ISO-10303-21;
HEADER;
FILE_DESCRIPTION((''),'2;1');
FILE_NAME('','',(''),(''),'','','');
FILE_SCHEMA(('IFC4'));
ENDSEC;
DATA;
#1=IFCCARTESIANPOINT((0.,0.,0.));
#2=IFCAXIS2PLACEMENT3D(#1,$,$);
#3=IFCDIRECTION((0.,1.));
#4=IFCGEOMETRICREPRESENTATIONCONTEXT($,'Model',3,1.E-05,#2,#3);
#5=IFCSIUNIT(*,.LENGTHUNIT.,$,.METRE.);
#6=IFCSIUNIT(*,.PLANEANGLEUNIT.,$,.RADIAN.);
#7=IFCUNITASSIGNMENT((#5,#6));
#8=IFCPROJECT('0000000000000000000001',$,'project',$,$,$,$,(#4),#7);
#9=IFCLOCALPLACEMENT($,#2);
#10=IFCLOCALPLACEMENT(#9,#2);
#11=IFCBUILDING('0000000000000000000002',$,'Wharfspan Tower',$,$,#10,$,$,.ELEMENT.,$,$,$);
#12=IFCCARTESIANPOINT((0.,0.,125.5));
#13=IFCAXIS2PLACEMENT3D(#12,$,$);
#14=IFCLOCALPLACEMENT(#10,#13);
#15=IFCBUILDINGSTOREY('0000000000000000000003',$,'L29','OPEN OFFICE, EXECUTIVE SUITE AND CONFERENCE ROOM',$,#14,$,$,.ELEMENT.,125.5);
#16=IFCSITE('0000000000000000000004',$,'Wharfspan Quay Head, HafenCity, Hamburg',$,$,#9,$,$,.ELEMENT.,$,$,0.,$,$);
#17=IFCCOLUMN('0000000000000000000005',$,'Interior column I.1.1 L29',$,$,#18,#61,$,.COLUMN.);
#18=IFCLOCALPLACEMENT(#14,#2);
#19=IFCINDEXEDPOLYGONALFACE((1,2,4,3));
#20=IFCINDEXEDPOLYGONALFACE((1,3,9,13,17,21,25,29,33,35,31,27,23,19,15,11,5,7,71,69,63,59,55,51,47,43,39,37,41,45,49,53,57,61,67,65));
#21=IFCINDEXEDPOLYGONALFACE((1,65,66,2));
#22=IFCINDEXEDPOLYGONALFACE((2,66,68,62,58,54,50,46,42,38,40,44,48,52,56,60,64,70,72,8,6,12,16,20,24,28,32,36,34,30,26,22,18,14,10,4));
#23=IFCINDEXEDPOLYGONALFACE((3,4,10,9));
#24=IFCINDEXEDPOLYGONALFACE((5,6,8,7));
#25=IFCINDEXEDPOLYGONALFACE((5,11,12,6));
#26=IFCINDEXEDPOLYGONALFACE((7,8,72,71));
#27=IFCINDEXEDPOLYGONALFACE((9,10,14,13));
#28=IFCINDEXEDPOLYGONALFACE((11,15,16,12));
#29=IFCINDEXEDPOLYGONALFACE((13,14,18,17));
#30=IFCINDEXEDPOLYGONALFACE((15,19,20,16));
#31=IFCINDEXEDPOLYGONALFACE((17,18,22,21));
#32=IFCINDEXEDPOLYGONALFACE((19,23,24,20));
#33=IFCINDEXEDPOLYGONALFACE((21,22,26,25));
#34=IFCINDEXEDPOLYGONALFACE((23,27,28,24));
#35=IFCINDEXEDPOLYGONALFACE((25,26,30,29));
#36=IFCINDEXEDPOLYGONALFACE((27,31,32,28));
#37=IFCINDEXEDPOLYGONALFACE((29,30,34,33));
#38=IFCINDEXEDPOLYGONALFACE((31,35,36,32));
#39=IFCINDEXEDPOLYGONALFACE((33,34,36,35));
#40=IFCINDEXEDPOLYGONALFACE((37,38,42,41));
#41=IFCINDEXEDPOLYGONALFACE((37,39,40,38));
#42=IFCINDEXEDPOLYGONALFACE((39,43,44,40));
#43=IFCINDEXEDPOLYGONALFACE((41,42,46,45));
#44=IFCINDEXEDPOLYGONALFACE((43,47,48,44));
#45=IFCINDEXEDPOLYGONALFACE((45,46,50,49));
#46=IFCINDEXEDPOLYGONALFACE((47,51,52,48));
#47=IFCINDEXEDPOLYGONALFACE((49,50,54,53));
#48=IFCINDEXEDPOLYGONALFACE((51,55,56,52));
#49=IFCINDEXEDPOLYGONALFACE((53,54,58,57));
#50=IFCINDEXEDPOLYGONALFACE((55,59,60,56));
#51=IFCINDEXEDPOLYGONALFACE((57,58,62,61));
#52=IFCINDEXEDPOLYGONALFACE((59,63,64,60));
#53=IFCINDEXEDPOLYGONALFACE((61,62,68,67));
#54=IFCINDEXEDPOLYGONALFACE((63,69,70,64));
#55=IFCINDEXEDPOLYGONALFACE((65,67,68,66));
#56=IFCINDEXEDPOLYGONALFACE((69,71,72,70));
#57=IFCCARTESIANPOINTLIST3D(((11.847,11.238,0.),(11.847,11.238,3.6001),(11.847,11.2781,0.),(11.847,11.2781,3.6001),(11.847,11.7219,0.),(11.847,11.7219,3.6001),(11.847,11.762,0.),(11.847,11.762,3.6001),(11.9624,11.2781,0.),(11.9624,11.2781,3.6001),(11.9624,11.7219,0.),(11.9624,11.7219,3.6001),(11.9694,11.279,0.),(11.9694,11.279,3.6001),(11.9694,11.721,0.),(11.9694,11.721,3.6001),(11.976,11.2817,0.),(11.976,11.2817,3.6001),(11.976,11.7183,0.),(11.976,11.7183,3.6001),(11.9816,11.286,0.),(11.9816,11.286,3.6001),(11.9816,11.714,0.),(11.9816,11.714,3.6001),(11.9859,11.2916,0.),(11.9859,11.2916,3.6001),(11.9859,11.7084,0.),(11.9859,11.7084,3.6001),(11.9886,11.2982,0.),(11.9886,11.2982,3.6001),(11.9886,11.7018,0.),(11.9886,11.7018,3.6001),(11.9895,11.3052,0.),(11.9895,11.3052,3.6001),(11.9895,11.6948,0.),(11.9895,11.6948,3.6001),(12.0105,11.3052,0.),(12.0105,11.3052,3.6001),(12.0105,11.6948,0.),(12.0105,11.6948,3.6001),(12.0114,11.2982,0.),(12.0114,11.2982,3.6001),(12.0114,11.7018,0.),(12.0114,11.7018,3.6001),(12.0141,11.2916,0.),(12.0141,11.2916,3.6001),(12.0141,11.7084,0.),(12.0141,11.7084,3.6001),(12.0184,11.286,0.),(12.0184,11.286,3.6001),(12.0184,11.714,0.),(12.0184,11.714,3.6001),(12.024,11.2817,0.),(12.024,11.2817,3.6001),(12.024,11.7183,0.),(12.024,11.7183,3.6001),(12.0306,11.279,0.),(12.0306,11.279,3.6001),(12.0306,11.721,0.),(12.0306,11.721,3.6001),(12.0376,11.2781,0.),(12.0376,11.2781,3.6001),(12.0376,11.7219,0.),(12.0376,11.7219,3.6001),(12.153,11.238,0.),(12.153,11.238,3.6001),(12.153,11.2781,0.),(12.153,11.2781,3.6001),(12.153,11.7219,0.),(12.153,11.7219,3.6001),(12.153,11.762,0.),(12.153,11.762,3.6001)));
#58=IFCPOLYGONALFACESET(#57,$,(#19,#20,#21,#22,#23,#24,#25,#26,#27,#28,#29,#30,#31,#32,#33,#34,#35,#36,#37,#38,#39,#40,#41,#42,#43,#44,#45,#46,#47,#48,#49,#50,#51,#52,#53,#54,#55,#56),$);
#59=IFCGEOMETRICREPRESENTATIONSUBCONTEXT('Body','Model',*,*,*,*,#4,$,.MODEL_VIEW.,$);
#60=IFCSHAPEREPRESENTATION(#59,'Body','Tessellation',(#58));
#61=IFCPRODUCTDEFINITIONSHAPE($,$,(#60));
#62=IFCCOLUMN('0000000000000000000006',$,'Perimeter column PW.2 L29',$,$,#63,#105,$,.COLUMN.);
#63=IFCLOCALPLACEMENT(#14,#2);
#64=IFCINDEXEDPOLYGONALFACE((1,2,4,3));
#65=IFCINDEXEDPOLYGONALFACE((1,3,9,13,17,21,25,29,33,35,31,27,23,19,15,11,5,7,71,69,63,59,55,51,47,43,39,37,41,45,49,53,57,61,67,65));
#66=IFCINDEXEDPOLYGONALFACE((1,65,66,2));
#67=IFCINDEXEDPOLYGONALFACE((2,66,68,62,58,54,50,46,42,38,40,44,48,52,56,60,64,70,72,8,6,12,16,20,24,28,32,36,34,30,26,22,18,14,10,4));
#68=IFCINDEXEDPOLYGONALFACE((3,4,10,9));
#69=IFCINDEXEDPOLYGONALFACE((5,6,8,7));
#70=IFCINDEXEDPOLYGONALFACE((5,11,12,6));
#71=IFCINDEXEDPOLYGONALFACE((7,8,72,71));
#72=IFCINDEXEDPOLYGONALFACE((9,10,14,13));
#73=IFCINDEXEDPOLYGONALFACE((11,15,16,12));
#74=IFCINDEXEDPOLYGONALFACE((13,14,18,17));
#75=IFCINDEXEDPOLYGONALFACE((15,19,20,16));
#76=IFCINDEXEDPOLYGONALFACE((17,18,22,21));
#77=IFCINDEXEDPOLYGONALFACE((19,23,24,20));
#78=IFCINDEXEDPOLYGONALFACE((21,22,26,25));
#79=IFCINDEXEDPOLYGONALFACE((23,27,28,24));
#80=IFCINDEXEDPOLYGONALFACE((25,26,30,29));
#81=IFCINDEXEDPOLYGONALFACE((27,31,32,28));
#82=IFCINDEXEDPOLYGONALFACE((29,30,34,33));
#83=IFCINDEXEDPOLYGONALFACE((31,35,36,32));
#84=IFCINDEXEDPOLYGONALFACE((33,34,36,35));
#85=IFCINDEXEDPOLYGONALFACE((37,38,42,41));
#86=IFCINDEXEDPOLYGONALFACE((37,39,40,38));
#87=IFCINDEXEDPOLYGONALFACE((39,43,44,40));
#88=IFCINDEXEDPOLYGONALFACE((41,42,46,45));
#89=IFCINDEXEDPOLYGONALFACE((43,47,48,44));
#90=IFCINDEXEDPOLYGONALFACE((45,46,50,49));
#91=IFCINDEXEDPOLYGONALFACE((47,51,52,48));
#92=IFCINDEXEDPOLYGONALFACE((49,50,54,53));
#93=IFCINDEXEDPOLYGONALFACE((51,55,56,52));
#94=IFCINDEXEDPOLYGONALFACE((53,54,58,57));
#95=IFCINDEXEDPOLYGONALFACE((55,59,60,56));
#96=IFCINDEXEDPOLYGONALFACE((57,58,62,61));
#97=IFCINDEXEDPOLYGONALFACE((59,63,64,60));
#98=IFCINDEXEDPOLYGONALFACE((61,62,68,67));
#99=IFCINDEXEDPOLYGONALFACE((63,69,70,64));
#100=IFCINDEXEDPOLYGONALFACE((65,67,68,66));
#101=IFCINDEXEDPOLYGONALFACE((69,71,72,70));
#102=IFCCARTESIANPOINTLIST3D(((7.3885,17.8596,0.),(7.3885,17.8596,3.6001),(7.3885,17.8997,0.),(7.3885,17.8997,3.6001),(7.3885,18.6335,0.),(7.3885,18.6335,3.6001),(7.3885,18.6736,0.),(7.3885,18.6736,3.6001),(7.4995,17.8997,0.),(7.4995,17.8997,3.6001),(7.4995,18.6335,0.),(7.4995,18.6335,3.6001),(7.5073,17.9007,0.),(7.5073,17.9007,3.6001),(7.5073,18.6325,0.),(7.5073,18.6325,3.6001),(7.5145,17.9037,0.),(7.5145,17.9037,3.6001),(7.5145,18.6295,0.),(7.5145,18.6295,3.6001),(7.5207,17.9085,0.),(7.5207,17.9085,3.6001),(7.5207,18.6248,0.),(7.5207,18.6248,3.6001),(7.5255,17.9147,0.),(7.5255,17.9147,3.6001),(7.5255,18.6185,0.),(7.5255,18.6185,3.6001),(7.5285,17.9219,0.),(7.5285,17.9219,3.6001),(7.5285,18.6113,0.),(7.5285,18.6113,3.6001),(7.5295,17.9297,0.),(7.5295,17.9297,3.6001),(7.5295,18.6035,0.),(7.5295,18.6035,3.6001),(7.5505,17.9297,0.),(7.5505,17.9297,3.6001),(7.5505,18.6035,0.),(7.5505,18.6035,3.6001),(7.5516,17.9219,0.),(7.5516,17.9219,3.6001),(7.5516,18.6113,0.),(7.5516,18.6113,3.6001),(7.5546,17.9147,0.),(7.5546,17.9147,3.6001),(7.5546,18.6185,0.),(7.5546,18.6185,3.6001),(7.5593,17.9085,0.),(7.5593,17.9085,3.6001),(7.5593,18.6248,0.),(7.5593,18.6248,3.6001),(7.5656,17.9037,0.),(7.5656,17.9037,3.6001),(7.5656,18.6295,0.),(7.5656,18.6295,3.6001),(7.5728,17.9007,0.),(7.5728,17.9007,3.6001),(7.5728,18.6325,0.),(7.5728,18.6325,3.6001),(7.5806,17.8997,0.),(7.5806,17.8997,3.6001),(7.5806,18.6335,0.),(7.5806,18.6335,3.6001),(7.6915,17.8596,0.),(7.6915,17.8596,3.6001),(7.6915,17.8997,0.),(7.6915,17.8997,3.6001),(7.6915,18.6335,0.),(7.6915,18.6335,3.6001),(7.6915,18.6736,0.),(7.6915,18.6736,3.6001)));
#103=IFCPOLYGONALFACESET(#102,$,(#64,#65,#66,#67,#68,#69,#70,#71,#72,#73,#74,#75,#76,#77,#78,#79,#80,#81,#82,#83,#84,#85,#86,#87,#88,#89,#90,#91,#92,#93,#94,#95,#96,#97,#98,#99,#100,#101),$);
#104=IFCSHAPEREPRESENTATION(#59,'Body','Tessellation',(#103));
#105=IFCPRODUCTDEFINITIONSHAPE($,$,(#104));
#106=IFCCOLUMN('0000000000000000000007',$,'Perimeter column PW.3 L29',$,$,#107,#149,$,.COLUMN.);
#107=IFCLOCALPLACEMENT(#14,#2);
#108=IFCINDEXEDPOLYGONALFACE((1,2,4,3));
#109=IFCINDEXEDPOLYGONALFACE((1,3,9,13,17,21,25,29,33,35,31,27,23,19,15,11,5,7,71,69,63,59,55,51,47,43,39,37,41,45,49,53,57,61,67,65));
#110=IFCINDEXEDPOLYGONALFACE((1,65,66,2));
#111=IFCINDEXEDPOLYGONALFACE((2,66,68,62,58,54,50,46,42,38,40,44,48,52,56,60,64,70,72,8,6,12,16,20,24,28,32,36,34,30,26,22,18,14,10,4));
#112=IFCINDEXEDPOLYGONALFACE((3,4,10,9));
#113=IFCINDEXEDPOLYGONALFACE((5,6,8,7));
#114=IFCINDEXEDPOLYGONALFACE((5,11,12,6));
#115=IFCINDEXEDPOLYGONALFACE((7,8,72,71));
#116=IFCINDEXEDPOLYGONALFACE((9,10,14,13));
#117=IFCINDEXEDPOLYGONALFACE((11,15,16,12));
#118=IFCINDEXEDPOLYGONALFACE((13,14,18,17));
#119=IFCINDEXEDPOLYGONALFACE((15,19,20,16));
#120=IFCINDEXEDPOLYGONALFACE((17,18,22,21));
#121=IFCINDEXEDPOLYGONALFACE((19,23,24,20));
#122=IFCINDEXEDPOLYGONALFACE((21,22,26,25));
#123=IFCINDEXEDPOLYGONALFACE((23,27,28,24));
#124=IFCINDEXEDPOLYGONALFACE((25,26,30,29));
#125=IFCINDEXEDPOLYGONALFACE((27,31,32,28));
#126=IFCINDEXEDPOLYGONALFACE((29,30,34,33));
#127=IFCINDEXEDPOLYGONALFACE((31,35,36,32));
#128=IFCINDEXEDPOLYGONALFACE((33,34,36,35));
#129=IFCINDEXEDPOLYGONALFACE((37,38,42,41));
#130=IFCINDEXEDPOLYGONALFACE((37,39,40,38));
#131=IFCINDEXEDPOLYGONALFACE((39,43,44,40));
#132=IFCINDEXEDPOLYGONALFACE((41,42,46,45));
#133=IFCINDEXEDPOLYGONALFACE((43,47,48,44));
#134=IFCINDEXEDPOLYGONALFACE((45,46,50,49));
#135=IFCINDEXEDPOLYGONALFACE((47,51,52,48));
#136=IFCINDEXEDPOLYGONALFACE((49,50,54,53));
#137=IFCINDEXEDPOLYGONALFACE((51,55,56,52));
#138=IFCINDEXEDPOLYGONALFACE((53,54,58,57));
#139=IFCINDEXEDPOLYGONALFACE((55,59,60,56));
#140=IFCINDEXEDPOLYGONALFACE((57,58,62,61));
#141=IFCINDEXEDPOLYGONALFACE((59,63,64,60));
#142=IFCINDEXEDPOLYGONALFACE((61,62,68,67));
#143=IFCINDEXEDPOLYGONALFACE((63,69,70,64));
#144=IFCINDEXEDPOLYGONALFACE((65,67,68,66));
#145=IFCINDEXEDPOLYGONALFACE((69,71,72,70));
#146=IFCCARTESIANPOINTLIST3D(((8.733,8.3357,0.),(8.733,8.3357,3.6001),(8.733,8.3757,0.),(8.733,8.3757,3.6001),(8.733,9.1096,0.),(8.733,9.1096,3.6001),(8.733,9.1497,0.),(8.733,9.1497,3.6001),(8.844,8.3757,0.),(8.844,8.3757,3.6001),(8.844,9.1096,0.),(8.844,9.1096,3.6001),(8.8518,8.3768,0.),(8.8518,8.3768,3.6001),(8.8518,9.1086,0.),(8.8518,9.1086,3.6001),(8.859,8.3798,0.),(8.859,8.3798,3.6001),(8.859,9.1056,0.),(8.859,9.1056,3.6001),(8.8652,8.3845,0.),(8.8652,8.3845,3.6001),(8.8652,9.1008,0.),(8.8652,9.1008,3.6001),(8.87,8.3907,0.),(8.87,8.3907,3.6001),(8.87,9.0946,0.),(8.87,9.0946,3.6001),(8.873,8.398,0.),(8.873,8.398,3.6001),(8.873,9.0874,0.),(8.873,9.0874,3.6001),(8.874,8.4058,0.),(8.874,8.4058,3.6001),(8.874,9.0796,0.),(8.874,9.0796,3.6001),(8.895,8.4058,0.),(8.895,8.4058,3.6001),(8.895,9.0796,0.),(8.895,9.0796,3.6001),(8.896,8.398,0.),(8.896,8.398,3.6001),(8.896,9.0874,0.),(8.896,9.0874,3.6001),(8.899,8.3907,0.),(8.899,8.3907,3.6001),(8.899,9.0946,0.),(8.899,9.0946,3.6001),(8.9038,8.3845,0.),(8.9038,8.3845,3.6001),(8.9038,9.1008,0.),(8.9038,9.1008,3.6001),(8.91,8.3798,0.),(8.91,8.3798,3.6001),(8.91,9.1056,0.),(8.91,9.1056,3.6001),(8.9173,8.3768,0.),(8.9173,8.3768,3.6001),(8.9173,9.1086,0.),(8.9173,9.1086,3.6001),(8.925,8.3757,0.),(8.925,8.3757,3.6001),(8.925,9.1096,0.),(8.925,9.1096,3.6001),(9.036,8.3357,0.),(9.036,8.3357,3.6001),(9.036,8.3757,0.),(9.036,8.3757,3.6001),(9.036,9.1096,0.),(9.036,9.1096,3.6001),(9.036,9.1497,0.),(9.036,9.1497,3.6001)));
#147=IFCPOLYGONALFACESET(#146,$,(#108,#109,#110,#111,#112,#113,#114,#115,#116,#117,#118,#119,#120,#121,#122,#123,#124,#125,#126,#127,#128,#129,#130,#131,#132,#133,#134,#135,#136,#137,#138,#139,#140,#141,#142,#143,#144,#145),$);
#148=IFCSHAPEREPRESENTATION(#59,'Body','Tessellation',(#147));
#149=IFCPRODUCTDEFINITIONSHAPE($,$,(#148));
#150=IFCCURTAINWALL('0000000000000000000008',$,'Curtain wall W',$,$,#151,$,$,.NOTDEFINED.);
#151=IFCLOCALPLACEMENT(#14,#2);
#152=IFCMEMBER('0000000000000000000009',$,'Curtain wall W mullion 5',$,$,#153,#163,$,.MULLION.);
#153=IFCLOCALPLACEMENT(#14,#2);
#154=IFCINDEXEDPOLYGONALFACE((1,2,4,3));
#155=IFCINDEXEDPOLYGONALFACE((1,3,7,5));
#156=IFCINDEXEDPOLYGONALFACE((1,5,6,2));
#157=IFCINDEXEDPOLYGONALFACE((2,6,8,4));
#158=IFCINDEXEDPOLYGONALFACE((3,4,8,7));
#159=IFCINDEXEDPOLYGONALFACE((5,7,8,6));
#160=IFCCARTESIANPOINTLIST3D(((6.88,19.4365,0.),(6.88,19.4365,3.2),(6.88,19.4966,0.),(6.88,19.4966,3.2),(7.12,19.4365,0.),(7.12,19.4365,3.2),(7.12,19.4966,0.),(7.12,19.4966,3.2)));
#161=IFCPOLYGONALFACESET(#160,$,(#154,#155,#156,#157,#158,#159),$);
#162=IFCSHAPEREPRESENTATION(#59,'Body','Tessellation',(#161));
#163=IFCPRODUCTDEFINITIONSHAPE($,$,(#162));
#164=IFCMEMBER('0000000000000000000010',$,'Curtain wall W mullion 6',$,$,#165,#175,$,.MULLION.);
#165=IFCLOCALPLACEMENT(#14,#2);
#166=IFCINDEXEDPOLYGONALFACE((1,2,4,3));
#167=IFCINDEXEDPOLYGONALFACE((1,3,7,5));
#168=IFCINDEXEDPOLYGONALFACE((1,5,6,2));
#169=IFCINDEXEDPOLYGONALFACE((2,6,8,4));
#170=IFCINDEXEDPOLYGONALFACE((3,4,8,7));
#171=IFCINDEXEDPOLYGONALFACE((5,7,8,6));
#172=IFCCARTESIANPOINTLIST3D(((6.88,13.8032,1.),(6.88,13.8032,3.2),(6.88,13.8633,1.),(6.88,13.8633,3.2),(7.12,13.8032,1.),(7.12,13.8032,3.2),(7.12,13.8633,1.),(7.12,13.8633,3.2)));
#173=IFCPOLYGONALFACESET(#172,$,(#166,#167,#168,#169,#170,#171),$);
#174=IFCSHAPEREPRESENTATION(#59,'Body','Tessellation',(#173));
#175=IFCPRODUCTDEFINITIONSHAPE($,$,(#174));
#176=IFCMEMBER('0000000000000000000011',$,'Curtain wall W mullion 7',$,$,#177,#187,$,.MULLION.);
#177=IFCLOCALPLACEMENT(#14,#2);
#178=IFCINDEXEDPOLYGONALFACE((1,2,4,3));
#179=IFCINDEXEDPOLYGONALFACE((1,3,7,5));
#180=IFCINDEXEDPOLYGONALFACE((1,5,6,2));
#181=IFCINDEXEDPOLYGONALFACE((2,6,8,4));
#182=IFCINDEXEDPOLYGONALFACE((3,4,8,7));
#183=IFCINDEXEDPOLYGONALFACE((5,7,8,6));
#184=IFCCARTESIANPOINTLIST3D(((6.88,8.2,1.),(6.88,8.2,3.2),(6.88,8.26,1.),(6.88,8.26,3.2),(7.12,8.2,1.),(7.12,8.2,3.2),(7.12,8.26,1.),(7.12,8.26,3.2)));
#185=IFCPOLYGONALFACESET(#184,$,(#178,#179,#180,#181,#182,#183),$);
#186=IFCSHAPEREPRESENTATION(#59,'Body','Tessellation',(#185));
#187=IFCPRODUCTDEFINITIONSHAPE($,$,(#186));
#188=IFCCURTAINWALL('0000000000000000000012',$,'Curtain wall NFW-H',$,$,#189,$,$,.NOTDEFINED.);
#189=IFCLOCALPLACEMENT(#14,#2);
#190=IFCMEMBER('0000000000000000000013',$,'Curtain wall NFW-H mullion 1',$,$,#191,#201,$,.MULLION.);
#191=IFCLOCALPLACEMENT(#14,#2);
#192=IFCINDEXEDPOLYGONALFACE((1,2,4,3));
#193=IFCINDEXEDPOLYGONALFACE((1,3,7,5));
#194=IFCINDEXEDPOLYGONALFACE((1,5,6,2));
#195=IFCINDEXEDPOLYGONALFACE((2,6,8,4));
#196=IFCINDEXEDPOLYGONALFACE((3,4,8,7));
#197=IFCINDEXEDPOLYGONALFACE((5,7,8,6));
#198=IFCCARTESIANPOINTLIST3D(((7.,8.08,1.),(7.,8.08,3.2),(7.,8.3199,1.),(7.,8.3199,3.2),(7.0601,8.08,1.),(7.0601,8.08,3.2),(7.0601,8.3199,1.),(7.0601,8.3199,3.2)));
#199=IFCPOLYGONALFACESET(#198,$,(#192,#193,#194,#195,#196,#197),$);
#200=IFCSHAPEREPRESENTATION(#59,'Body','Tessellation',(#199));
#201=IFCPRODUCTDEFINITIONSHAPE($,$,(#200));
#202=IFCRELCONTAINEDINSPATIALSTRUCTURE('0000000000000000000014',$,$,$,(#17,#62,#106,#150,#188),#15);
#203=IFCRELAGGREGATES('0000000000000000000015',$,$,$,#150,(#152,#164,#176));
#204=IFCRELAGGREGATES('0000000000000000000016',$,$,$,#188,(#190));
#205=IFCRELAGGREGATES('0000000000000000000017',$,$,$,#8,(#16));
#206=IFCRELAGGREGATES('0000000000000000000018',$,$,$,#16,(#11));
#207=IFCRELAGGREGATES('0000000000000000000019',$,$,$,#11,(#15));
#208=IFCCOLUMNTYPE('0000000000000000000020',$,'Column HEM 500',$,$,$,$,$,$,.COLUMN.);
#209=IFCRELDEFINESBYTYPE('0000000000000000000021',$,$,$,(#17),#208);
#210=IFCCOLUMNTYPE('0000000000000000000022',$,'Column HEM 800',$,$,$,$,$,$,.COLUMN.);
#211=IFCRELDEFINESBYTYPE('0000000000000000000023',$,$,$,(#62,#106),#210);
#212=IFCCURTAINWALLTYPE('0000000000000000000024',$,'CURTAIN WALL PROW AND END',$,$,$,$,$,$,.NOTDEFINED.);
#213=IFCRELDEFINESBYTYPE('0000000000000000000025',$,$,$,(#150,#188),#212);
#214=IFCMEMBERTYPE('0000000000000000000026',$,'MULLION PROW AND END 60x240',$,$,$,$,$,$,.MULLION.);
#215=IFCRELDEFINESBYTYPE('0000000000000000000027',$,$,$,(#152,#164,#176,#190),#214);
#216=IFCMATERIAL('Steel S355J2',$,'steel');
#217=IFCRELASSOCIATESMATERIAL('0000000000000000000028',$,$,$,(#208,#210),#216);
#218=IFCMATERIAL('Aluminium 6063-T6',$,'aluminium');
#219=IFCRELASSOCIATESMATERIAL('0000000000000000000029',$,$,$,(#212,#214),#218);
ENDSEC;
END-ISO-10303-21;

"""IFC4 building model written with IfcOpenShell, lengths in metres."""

from ifc_helpers import new_model, si_unit, direction, frame, origin, origin_2d, place, context, subcontext, project, spatial, rectangle, i_section, extrude, material, material_profile, profile_set, type_object, element, aggregate, save


model = new_model("IFC4")

# Units and contexts
model_context = context("Model", 3, precision=1e-05, world=origin(), true_north=direction((0.0, 1.0)))
body_context = subcontext(model_context, "Body", "Model", "MODEL_VIEW")
ifc_project = project(units=[si_unit("LENGTHUNIT", "METRE"), si_unit("PLANEANGLEUNIT", "RADIAN")], contexts=[model_context])

# Site, building, storey
site_placement = place(None, origin())
site = spatial("IfcSite", under=ifc_project, at=site_placement, Name="Wharfspan Quay Head, HafenCity, Hamburg", CompositionType="ELEMENT", RefElevation=0.0)
building_placement = place(site_placement, origin())
building = spatial("IfcBuilding", under=site, at=building_placement, Name="Wharfspan Tower", CompositionType="ELEMENT")
storey_placement = place(building_placement, frame((0.0, 0.0, 125.5)))
storey = spatial("IfcBuildingStorey", under=building, at=storey_placement, Name="L29", Description="OPEN OFFICE, EXECUTIVE SUITE AND CONFERENCE ROOM", CompositionType="ELEMENT", Elevation=125.5)

# Columns
ifc_material_1 = material(Name="Steel S355J2", Category="steel")
ifc_material_profile_1 = material_profile(ifc_material_1, i_section(OverallWidth=0.3059, OverallDepth=0.5239, WebThickness=0.021, FlangeThickness=0.04, FilletRadius=0.0271, at=origin_2d()))
ifc_profile_set_1 = profile_set([ifc_material_profile_1], Name="Steel S355J2")
column_type_1 = type_object("IfcColumnType", Name="Column HEM 500", PredefinedType="COLUMN", material=ifc_profile_set_1)
column_placement = place(storey_placement, frame((12.0, 11.5, 0.0), z_axis=(0.0, 0.0, 1.0), x_axis=(1.0, 0.0, 0.0)))
element("IfcColumn", 1, at=column_placement, inside=storey, type_object=column_type_1, Name="Interior column I.1.1 L29", PredefinedType="COLUMN", context=body_context, shape_type="SweptSolid", body=[
    extrude(i_section(OverallWidth=0.3059, OverallDepth=0.5239, WebThickness=0.021, FlangeThickness=0.04, FilletRadius=0.0271, at=origin_2d()), origin(), (0.0, 0.0, 1.0), 3.6001),
])
ifc_material_profile_2 = material_profile(ifc_material_1, i_section(OverallWidth=0.303, OverallDepth=0.814, WebThickness=0.021, FlangeThickness=0.04, FilletRadius=0.03, at=origin_2d()))
ifc_profile_set_2 = profile_set([ifc_material_profile_2], Name="Steel S355J2")
column_type_2 = type_object("IfcColumnType", Name="Column HEM 800", PredefinedType="COLUMN", material=ifc_profile_set_2)
for number, where, z_axis, x_axis, name in (
    (2, (7.54, 18.2666, 0.0), (0.0, 0.0, 1.0), (-1.0, 0.0, 0.0), "Perimeter column PW.2 L29"),
    (3, (8.8845, 8.7427, 0.0), (0.0, 0.0, 1.0), (-1.0, 0.0, 0.0), "Perimeter column PW.3 L29"),
):
    element("IfcColumn", number, at=place(storey_placement, frame(where, z_axis=z_axis, x_axis=x_axis)), inside=storey, type_object=column_type_2, Name=name, PredefinedType="COLUMN", context=body_context, shape_type="SweptSolid", body=[
        extrude(i_section(OverallWidth=0.303, OverallDepth=0.814, WebThickness=0.021, FlangeThickness=0.04, FilletRadius=0.03, at=origin_2d()), origin(), (0.0, 0.0, 1.0), 3.6001),
    ])

# Curtain wall, members
ifc_material_2 = material(Name="Aluminium 6063-T6", Category="aluminium")
curtain_wall_type = type_object("IfcCurtainWallType", Name="CURTAIN WALL PROW AND END", PredefinedType="NOTDEFINED", material=ifc_material_2)
curtain_wall_1_placement = place(storey_placement, origin())
curtain_wall_1 = element("IfcCurtainWall", 4, at=curtain_wall_1_placement, inside=storey, type_object=curtain_wall_type, Name="Curtain wall W", PredefinedType="NOTDEFINED")
ifc_material_profile_3 = material_profile(ifc_material_2, rectangle(XDim=0.24, YDim=0.0601, at=origin_2d()))
ifc_profile_set_3 = profile_set([ifc_material_profile_3], Name="Aluminium 6063-T6")
member_type_1 = type_object("IfcMemberType", Name="MULLION PROW AND END 60x240", PredefinedType="MULLION", material=ifc_profile_set_3)
member_1_placement = place(storey_placement, frame((7.0, 19.4666, 0.0), z_axis=(0.0, 0.0, 1.0), x_axis=(1.0, 0.0, 0.0)))
member_1 = element("IfcMember", 5, at=member_1_placement, type_object=member_type_1, Name="Curtain wall W mullion 5", PredefinedType="MULLION", context=body_context, shape_type="SweptSolid", body=[
    extrude(rectangle(XDim=0.24, YDim=0.0601, at=origin_2d()), origin(), (0.0, 0.0, 1.0), 3.2),
])
member_2_placement = place(storey_placement, frame((7.0, 13.8333, 1.0), z_axis=(0.0, 0.0, 1.0), x_axis=(1.0, 0.0, 0.0)))
member_2 = element("IfcMember", 6, at=member_2_placement, type_object=member_type_1, Name="Curtain wall W mullion 6", PredefinedType="MULLION", context=body_context, shape_type="SweptSolid", body=[
    extrude(rectangle(XDim=0.24, YDim=0.0601, at=origin_2d()), origin(), (0.0, 0.0, 1.0), 2.2),
])
member_3_placement = place(storey_placement, frame((7.0, 8.23, 1.0), z_axis=(0.0, 0.0, 1.0), x_axis=(1.0, 0.0, 0.0)))
member_3 = element("IfcMember", 7, at=member_3_placement, type_object=member_type_1, Name="Curtain wall W mullion 7", PredefinedType="MULLION", context=body_context, shape_type="SweptSolid", body=[
    extrude(rectangle(XDim=0.24, YDim=0.0601, at=origin_2d()), origin(), (0.0, 0.0, 1.0), 2.2),
])

# Curtain wall, member
curtain_wall_2_placement = place(storey_placement, origin())
curtain_wall_2 = element("IfcCurtainWall", 8, at=curtain_wall_2_placement, inside=storey, type_object=curtain_wall_type, Name="Curtain wall NFW-H", PredefinedType="NOTDEFINED")
member_4_placement = place(storey_placement, frame((7.03, 8.2, 1.0), z_axis=(0.0, 0.0, 1.0), x_axis=(0.0, 1.0, 0.0)))
member_4 = element("IfcMember", 9, at=member_4_placement, type_object=member_type_1, Name="Curtain wall NFW-H mullion 1", PredefinedType="MULLION", context=body_context, shape_type="SweptSolid", body=[
    extrude(rectangle(XDim=0.24, YDim=0.0601, at=origin_2d()), origin(), (0.0, 0.0, 1.0), 2.2),
])

aggregate(curtain_wall_1, [member_1, member_2, member_3])
aggregate(curtain_wall_2, [member_4])

save(model, "model.ifc")
